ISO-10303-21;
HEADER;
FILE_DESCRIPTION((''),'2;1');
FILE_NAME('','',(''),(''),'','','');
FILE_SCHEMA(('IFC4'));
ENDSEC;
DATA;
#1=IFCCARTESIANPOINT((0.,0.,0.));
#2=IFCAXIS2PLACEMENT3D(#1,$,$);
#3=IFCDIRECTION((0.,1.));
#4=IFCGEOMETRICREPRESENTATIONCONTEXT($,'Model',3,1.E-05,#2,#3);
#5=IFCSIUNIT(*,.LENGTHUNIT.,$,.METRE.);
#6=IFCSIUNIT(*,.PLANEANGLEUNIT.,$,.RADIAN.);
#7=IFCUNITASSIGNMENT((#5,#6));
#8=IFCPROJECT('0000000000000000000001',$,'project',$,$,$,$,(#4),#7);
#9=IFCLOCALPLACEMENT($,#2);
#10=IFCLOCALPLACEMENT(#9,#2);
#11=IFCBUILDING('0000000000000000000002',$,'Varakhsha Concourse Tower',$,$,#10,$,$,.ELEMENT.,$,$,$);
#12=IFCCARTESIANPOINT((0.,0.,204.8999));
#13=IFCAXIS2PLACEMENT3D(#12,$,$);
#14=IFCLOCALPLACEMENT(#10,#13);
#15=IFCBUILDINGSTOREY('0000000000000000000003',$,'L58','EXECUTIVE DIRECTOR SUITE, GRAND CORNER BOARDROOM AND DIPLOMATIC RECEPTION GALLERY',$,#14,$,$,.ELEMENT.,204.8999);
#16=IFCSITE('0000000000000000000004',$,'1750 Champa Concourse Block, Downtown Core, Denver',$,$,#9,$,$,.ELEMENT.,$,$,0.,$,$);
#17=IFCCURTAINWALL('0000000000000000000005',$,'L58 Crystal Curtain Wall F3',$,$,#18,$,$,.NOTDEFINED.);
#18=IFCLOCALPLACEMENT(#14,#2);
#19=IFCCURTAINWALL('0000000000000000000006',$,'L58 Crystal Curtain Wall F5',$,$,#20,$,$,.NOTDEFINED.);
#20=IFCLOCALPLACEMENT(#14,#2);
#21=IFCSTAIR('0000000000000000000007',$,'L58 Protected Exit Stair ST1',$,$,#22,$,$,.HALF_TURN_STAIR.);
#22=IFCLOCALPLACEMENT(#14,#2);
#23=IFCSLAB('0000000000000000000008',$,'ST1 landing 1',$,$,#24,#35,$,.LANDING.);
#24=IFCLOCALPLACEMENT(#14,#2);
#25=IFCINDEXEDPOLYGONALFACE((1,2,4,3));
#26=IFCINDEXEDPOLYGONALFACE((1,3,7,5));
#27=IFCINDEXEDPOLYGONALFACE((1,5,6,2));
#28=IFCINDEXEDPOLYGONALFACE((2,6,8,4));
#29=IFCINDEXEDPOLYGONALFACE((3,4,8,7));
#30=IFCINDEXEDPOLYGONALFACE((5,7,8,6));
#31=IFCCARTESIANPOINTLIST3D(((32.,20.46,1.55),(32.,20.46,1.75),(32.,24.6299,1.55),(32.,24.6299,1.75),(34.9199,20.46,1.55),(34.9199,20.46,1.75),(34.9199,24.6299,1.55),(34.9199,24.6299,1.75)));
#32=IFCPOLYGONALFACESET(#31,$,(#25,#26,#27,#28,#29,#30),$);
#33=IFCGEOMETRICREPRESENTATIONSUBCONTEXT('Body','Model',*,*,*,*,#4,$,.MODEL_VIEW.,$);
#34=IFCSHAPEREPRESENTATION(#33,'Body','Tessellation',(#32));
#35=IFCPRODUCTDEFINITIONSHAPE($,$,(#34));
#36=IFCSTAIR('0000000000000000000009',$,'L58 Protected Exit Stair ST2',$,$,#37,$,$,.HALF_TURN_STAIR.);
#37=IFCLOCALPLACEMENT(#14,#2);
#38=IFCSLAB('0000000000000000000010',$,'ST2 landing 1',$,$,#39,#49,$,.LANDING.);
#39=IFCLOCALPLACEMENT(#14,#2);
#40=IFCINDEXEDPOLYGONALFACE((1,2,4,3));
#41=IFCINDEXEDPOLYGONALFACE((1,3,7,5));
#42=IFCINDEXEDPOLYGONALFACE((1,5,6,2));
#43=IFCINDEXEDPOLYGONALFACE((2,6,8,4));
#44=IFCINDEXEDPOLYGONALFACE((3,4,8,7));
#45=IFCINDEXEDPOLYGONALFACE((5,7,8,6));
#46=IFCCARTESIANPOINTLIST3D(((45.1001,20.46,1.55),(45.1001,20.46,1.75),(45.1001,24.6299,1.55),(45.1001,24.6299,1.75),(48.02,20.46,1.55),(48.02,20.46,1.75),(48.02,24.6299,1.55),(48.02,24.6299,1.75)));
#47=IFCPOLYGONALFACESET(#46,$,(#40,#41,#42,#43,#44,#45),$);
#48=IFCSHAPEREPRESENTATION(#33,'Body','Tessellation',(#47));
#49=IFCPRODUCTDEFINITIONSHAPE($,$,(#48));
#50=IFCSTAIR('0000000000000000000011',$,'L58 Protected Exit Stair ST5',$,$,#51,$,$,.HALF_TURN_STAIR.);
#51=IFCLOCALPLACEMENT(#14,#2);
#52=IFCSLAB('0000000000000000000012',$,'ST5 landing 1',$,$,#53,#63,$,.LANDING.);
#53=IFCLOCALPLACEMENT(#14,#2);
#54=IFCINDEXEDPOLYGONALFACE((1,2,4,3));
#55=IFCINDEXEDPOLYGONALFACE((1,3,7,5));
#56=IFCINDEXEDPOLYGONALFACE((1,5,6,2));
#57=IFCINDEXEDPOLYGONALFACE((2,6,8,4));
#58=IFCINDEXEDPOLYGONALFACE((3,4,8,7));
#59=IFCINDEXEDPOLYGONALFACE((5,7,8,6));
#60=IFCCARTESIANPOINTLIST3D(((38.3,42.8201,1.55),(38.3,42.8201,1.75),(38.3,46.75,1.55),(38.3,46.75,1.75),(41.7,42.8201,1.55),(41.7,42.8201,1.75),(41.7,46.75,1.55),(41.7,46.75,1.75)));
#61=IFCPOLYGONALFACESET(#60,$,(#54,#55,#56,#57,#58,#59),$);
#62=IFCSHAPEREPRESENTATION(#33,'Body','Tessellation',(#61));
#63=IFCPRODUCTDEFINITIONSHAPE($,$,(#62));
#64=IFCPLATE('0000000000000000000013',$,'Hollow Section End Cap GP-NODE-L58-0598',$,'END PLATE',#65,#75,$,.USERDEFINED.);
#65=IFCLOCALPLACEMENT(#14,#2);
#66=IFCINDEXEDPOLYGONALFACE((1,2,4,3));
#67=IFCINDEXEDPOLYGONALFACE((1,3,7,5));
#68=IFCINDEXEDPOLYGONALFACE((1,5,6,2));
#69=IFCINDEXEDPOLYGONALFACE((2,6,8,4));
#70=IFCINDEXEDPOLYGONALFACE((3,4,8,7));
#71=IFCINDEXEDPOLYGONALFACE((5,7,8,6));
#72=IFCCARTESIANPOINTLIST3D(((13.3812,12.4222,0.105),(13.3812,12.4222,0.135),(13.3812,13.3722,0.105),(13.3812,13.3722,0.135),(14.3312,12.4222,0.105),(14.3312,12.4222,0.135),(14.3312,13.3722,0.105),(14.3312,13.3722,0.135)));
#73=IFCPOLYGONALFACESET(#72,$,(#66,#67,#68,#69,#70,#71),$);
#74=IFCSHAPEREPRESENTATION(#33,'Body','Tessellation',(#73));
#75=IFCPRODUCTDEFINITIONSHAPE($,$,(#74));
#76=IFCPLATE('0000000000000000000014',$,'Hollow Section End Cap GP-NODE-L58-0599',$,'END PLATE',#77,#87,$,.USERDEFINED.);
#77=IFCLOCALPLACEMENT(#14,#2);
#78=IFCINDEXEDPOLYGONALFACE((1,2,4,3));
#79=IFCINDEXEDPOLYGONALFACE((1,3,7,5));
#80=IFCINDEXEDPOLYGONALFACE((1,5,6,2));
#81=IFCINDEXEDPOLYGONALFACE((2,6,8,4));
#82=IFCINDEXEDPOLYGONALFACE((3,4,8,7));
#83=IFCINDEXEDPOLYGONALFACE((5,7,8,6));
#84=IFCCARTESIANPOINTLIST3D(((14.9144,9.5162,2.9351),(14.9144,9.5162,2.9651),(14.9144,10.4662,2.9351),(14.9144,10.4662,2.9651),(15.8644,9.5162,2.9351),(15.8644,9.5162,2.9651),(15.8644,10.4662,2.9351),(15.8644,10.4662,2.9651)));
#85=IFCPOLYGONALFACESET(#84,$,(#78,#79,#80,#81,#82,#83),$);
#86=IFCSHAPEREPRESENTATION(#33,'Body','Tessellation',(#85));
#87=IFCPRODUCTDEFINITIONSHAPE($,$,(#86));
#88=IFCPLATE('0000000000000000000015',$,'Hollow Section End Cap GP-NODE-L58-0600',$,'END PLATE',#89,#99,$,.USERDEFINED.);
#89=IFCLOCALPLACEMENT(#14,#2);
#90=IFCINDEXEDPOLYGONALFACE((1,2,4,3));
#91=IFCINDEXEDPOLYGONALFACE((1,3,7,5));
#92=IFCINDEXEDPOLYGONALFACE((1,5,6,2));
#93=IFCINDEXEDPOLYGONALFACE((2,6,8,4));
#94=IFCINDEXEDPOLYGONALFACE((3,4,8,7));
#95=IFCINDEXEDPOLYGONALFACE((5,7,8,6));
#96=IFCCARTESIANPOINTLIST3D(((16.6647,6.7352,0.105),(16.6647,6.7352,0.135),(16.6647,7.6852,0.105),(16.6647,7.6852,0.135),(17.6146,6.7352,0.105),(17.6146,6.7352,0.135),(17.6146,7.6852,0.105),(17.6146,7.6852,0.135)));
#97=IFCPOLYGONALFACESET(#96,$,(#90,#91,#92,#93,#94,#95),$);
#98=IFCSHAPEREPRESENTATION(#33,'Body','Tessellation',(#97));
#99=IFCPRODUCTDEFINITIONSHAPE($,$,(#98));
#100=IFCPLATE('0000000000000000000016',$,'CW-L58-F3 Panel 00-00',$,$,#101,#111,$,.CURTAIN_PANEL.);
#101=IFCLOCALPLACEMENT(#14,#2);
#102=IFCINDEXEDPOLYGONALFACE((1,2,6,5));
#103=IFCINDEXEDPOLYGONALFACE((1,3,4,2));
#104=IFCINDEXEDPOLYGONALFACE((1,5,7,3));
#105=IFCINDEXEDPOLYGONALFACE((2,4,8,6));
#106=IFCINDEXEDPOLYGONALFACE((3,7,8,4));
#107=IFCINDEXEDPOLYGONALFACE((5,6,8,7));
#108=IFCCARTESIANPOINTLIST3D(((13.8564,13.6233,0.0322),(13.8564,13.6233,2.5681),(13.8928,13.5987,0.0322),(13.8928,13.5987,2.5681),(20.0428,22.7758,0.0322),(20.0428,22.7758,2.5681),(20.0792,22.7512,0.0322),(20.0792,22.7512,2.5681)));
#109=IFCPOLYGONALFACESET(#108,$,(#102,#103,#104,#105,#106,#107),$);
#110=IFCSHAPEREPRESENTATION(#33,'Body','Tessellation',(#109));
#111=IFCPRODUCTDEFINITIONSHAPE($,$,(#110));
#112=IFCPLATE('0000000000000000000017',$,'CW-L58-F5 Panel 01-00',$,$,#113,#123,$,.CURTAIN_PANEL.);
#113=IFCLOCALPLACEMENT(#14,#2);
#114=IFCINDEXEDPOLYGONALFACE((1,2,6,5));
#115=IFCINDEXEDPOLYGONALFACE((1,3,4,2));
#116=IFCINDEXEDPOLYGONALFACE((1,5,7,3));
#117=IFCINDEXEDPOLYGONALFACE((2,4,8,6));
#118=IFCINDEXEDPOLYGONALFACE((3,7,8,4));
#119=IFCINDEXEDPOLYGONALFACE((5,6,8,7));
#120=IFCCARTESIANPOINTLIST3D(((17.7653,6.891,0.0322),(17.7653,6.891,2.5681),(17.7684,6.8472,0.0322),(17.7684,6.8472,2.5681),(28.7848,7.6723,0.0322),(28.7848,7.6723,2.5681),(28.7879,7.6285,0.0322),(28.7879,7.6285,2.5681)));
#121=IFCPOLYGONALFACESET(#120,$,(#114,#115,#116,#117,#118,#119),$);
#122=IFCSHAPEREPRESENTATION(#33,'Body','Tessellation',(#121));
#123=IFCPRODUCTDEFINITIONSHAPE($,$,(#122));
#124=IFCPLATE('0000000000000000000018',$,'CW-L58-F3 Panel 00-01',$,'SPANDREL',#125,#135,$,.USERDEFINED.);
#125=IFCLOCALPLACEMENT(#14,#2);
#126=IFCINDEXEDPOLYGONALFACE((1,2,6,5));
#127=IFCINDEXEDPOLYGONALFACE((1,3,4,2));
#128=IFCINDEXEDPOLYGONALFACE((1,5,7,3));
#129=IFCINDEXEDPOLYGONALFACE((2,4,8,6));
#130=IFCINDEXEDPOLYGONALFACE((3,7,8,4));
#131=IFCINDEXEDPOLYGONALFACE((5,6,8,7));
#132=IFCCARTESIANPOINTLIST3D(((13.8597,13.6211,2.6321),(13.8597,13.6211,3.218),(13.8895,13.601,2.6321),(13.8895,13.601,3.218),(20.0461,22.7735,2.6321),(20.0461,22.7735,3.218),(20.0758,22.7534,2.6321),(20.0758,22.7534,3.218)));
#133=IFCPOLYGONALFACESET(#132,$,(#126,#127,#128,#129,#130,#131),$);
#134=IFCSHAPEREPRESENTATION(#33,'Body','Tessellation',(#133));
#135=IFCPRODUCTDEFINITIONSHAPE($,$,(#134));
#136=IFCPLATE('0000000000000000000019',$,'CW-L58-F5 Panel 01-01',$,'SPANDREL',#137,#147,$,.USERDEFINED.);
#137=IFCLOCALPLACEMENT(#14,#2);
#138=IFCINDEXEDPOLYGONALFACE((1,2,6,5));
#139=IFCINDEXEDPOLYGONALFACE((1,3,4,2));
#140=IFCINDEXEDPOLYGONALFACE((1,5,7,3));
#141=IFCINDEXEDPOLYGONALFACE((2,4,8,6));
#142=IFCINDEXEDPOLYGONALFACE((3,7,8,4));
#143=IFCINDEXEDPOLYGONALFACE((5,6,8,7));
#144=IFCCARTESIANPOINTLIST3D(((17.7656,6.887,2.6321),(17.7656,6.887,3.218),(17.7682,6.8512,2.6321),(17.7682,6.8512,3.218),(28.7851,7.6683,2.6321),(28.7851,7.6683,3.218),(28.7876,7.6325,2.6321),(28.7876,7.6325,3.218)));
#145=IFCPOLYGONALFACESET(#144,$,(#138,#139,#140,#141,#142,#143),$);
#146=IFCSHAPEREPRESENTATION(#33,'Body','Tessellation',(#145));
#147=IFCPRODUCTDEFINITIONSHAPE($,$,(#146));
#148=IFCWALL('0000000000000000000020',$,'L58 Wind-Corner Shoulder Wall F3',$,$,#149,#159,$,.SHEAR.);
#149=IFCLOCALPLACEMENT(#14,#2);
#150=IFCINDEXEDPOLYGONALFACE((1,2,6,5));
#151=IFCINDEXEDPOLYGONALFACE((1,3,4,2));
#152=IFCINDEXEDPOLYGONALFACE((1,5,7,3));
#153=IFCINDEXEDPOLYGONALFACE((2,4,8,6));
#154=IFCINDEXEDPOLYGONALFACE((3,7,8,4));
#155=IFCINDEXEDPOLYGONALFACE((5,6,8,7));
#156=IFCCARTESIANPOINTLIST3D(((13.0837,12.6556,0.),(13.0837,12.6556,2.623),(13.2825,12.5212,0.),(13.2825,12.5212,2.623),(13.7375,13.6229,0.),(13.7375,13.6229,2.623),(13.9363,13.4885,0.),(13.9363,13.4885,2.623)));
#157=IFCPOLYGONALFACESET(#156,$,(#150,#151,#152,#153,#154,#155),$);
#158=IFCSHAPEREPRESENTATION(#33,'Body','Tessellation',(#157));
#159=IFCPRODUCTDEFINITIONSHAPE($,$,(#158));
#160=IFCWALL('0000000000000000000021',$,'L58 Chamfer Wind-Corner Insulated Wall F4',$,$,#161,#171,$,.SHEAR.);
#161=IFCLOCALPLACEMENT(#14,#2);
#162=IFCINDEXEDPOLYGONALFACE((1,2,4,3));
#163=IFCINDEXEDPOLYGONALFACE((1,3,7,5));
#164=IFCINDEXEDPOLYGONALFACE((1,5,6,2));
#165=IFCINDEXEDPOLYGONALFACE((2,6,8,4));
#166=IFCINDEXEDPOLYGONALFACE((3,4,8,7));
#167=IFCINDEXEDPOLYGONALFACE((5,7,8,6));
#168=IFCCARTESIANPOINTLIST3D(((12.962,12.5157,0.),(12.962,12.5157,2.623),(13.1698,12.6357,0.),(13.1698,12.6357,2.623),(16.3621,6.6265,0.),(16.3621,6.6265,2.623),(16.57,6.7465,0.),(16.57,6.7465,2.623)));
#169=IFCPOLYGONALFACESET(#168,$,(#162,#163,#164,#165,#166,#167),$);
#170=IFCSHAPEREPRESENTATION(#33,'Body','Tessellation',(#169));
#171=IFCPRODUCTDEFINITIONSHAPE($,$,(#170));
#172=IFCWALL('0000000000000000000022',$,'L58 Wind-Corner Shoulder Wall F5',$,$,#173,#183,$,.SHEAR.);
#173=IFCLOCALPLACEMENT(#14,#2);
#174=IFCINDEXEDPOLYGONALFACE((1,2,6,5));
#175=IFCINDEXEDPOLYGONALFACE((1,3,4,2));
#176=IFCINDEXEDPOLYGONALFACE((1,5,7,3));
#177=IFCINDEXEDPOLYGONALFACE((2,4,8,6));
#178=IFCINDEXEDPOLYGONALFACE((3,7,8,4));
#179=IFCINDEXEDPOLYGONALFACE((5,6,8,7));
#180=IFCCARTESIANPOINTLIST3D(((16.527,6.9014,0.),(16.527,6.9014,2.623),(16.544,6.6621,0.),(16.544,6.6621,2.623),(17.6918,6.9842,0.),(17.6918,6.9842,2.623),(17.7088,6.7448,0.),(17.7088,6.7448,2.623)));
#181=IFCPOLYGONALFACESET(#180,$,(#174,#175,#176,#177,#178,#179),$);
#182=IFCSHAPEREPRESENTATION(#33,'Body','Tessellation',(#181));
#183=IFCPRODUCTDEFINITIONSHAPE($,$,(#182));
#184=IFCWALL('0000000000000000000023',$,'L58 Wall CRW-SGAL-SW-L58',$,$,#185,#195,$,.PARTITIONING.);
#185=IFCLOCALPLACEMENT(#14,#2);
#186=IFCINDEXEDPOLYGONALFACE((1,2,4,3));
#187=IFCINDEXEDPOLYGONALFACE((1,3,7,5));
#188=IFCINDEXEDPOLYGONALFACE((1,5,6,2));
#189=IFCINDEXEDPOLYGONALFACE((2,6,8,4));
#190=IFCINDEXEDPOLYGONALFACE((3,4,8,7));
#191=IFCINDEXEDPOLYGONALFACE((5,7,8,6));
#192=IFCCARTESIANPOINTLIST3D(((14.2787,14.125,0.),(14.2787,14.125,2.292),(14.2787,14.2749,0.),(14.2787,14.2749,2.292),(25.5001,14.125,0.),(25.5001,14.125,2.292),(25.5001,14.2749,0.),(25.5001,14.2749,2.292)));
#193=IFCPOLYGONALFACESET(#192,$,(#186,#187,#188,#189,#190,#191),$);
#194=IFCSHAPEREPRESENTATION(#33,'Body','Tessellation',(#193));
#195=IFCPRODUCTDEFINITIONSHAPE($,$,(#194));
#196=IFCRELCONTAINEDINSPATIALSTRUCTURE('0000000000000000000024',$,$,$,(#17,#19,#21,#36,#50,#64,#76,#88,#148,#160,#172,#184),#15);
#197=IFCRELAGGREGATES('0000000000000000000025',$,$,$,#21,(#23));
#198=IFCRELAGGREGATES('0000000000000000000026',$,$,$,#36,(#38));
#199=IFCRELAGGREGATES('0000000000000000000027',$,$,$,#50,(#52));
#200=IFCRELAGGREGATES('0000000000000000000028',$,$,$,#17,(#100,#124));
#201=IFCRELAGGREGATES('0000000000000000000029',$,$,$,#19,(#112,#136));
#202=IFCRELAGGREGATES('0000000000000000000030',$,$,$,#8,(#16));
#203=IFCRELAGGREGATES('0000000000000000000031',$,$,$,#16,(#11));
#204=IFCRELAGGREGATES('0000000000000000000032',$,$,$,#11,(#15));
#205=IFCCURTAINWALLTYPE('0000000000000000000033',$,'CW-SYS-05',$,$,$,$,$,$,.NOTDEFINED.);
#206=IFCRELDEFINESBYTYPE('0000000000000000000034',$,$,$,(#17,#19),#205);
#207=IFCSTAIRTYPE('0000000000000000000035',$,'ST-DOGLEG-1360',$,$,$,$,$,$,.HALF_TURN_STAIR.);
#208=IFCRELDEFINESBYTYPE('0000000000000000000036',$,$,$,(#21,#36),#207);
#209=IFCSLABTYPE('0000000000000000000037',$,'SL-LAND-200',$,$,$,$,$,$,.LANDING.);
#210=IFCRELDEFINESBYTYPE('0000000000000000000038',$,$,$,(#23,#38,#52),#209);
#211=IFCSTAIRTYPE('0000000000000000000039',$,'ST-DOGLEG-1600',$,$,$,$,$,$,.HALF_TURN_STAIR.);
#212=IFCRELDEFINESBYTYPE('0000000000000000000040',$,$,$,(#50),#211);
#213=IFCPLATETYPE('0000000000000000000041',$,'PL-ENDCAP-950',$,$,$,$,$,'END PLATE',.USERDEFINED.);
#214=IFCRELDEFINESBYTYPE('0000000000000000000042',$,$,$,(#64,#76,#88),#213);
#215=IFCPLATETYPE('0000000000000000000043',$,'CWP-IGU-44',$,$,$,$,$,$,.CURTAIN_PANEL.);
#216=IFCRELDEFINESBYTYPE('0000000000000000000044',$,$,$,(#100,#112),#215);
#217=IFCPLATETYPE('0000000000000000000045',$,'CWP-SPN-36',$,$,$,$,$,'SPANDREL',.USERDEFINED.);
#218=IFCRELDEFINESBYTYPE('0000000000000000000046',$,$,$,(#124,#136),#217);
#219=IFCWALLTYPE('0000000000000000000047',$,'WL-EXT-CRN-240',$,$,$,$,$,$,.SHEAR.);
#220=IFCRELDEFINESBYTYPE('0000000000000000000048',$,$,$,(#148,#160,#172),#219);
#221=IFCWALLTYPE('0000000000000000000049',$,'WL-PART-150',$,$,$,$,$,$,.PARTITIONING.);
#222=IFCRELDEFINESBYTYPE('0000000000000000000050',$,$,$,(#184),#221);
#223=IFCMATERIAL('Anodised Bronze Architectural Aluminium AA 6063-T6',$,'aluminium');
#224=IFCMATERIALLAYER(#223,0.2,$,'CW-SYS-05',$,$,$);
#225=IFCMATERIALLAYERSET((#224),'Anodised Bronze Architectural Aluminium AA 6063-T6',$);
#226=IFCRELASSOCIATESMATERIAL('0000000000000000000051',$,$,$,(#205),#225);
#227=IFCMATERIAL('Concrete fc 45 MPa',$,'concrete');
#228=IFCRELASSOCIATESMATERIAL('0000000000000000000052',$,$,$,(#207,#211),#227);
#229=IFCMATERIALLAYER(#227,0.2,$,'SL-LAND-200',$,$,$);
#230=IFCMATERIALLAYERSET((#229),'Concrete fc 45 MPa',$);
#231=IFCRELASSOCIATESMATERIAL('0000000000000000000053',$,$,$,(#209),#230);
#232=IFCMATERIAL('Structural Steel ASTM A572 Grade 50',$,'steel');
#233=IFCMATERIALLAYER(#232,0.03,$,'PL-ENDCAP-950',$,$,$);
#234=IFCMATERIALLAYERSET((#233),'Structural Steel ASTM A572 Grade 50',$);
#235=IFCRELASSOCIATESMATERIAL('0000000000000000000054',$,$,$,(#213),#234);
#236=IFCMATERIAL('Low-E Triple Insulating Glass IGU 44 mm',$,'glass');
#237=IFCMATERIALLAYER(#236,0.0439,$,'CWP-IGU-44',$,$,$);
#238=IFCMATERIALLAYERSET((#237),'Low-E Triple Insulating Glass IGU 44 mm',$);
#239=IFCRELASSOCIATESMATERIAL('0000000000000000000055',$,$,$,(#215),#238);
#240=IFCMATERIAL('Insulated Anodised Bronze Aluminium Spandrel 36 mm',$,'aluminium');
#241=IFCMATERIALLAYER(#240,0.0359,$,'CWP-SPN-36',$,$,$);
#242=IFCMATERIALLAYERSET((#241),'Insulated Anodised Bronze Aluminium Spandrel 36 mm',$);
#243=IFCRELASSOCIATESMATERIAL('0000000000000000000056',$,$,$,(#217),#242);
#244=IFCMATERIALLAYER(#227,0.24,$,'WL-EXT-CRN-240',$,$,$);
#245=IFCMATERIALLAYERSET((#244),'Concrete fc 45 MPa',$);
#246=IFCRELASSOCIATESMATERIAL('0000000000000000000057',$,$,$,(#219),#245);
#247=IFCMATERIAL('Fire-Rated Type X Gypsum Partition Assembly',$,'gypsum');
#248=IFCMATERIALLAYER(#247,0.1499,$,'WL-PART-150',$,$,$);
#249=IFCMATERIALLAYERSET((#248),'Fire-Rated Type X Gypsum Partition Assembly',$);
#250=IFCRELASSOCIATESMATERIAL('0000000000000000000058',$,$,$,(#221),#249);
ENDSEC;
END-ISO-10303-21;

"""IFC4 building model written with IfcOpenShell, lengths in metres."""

from ifc_helpers import new_model, si_unit, direction, frame, frame_2d, origin, origin_2d, place, context, subcontext, project, spatial, polyline, rectangle, outline, extrude, source, transform, mapped, material, layer, layer_set, type_object, type_shapes, element, aggregate, save


model = new_model("IFC4")

# Units and contexts
model_context = context("Model", 3, precision=1e-05, world=origin(), true_north=direction((0.0, 1.0)))
body_context = subcontext(model_context, "Body", "Model", "MODEL_VIEW")
ifc_project = project(units=[si_unit("LENGTHUNIT", "METRE"), si_unit("PLANEANGLEUNIT", "RADIAN")], contexts=[model_context])

# Site, building, storey
site_placement = place(None, origin())
site = spatial("IfcSite", under=ifc_project, at=site_placement, Name="1750 Champa Concourse Block, Downtown Core, Denver", CompositionType="ELEMENT", RefElevation=0.0)
building_placement = place(site_placement, origin())
building = spatial("IfcBuilding", under=site, at=building_placement, Name="Varakhsha Concourse Tower", CompositionType="ELEMENT")
storey_placement = place(building_placement, frame((0.0, 0.0, 204.8999)))
storey = spatial("IfcBuildingStorey", under=building, at=storey_placement, Name="L58", Description="EXECUTIVE DIRECTOR SUITE, GRAND CORNER BOARDROOM AND DIPLOMATIC RECEPTION GALLERY", CompositionType="ELEMENT", Elevation=204.8999)

# Shared definitions
ifc_material_1 = material(Name="Structural Steel ASTM A572 Grade 50", Category="steel")

# Curtain walls
ifc_material_2 = material(Name="Anodised Bronze Architectural Aluminium AA 6063-T6", Category="aluminium")
ifc_layer_1 = layer(ifc_material_2, 0.2, Name="CW-SYS-05")
ifc_layer_set_1 = layer_set([ifc_layer_1], Name="Anodised Bronze Architectural Aluminium AA 6063-T6")
curtain_wall_type = type_object("IfcCurtainWallType", Name="CW-SYS-05", PredefinedType="NOTDEFINED", material=ifc_layer_set_1)
curtain_wall_1_placement = place(storey_placement, origin())
curtain_wall_1 = element("IfcCurtainWall", 1, at=curtain_wall_1_placement, inside=storey, type_object=curtain_wall_type, Name="L58 Crystal Curtain Wall F3", PredefinedType="NOTDEFINED")
curtain_wall_2_placement = place(storey_placement, origin())
curtain_wall_2 = element("IfcCurtainWall", 2, at=curtain_wall_2_placement, inside=storey, type_object=curtain_wall_type, Name="L58 Crystal Curtain Wall F5", PredefinedType="NOTDEFINED")

# Shared definitions
ifc_material_3 = material(Name="Concrete fc 45 MPa", Category="concrete")

# Stairs, slabs
stair_type_1 = type_object("IfcStairType", Name="ST-DOGLEG-1360", PredefinedType="HALF_TURN_STAIR", material=ifc_material_3)
stair_1_placement = place(storey_placement, origin())
stair_1 = element("IfcStair", 3, at=stair_1_placement, inside=storey, type_object=stair_type_1, Name="L58 Protected Exit Stair ST1", PredefinedType="HALF_TURN_STAIR")
ifc_layer_2 = layer(ifc_material_3, 0.2, Name="SL-LAND-200")
ifc_layer_set_2 = layer_set([ifc_layer_2], Name="Concrete fc 45 MPa")
slab_type_1 = type_object("IfcSlabType", Name="SL-LAND-200", PredefinedType="LANDING", material=ifc_layer_set_2)
slab_1_placement = place(storey_placement, frame((0.0, 0.0, 1.55)))
slab_1 = element("IfcSlab", 4, at=slab_1_placement, type_object=slab_type_1, Name="ST1 landing 1", PredefinedType="LANDING", context=body_context, shape_type="SweptSolid", body=[
    extrude(outline(polyline([(34.9199, 20.46), (34.9199, 24.6299), (32.0, 24.6299), (32.0, 20.46), (34.9199, 20.46)])), origin(), (0.0, 0.0, 1.0), 0.2),
])
aggregate(stair_1, [slab_1])
stair_2_placement = place(storey_placement, origin())
stair_2 = element("IfcStair", 5, at=stair_2_placement, inside=storey, type_object=stair_type_1, Name="L58 Protected Exit Stair ST2", PredefinedType="HALF_TURN_STAIR")
slab_2_placement = place(storey_placement, frame((0.0, 0.0, 1.55)))
slab_2 = element("IfcSlab", 6, at=slab_2_placement, type_object=slab_type_1, Name="ST2 landing 1", PredefinedType="LANDING", context=body_context, shape_type="SweptSolid", body=[
    extrude(outline(polyline([(48.02, 20.46), (48.02, 24.6299), (45.1001, 24.6299), (45.1001, 20.46), (48.02, 20.46)])), origin(), (0.0, 0.0, 1.0), 0.2),
])
aggregate(stair_2, [slab_2])
stair_type_2 = type_object("IfcStairType", Name="ST-DOGLEG-1600", PredefinedType="HALF_TURN_STAIR", material=ifc_material_3)
stair_3_placement = place(storey_placement, origin())
stair_3 = element("IfcStair", 7, at=stair_3_placement, inside=storey, type_object=stair_type_2, Name="L58 Protected Exit Stair ST5", PredefinedType="HALF_TURN_STAIR")
slab_3_placement = place(storey_placement, frame((0.0, 0.0, 1.55)))
slab_3 = element("IfcSlab", 8, at=slab_3_placement, type_object=slab_type_1, Name="ST5 landing 1", PredefinedType="LANDING", context=body_context, shape_type="SweptSolid", body=[
    extrude(outline(polyline([(41.7, 42.8201), (41.7, 46.75), (38.3, 46.75), (38.3, 42.8201), (41.7, 42.8201)])), origin(), (0.0, 0.0, 1.0), 0.2),
])
aggregate(stair_3, [slab_3])

# Plates
ifc_layer_3 = layer(ifc_material_1, 0.03, Name="PL-ENDCAP-950")
ifc_layer_set_3 = layer_set([ifc_layer_3], Name="Structural Steel ASTM A572 Grade 50")
plate_type_1 = type_object("IfcPlateType", Name="PL-ENDCAP-950", ElementType="END PLATE", PredefinedType="USERDEFINED", material=ifc_layer_set_3)
shared_shape_1 = source(origin(), body_context, "Body", "SweptSolid", [
    extrude(rectangle(XDim=0.95, YDim=0.95, at=origin_2d()), origin(), (0.0, 0.0, 1.0), 0.03),
])
type_shapes(plate_type_1, [shared_shape_1])
for number, where, z_axis, x_axis, name in (
    (9, (13.8562, 12.8972, 0.105), (0.0, 0.0, 1.0), (1.0, 0.0, 0.0), "Hollow Section End Cap GP-NODE-L58-0598"),
    (10, (15.3894, 9.9912, 2.9351), (0.0, 0.0, 1.0), (1.0, 0.0, 0.0), "Hollow Section End Cap GP-NODE-L58-0599"),
    (11, (17.1396, 7.2102, 0.105), (0.0, 0.0, 1.0), (1.0, 0.0, 0.0), "Hollow Section End Cap GP-NODE-L58-0600"),
):
    element("IfcPlate", number, at=place(storey_placement, frame(where, z_axis=z_axis, x_axis=x_axis)), inside=storey, type_object=plate_type_1, Name=name, ObjectType="END PLATE", PredefinedType="USERDEFINED", context=body_context, shape_type="MappedRepresentation", body=[
        mapped(shared_shape_1, transform((0.0, 0.0, 0.0), scale=1.0)),
    ])

# Plates
ifc_material_4 = material(Name="Low-E Triple Insulating Glass IGU 44 mm", Category="glass")
ifc_layer_4 = layer(ifc_material_4, 0.0439, Name="CWP-IGU-44")
ifc_layer_set_4 = layer_set([ifc_layer_4], Name="Low-E Triple Insulating Glass IGU 44 mm")
plate_type_2 = type_object("IfcPlateType", Name="CWP-IGU-44", PredefinedType="CURTAIN_PANEL", material=ifc_layer_set_4)
shared_shape_2 = source(origin(), body_context, "Body", "SweptSolid", [
    extrude(rectangle(XDim=11.0471, YDim=0.0439, at=origin_2d()), origin(), (0.0, 0.0, 1.0), 2.5359),
])
type_shapes(plate_type_2, [shared_shape_2])
plate_1_placement = place(storey_placement, frame((16.9678, 18.1873, 0.0322), z_axis=(0.0, 0.0, 1.0), x_axis=(0.559999, 0.828494, 0.0)))
plate_1 = element("IfcPlate", 12, at=plate_1_placement, type_object=plate_type_2, Name="CW-L58-F3 Panel 00-00", PredefinedType="CURTAIN_PANEL", context=body_context, shape_type="MappedRepresentation", body=[
    mapped(shared_shape_2, transform((0.0, 0.0, 0.0), scale=1.0)),
])
plate_2_placement = place(storey_placement, frame((23.2766, 7.2598, 0.0322), z_axis=(0.0, 0.0, 1.0), x_axis=(-0.997496, -0.070723, 0.0)))
plate_2 = element("IfcPlate", 13, at=plate_2_placement, type_object=plate_type_2, Name="CW-L58-F5 Panel 01-00", PredefinedType="CURTAIN_PANEL", context=body_context, shape_type="MappedRepresentation", body=[
    mapped(shared_shape_2, transform((0.0, 0.0, 0.0), scale=1.0)),
])
ifc_material_5 = material(Name="Insulated Anodised Bronze Aluminium Spandrel 36 mm", Category="aluminium")
ifc_layer_5 = layer(ifc_material_5, 0.0359, Name="CWP-SPN-36")
ifc_layer_set_5 = layer_set([ifc_layer_5], Name="Insulated Anodised Bronze Aluminium Spandrel 36 mm")
plate_type_3 = type_object("IfcPlateType", Name="CWP-SPN-36", ElementType="SPANDREL", PredefinedType="USERDEFINED", material=ifc_layer_set_5)
shared_shape_3 = source(origin(), body_context, "Body", "SweptSolid", [
    extrude(rectangle(XDim=11.0471, YDim=0.0359, at=origin_2d()), origin(), (0.0, 0.0, 1.0), 0.5859),
])
type_shapes(plate_type_3, [shared_shape_3])
plate_3_placement = place(storey_placement, frame((16.9678, 18.1873, 2.6321), z_axis=(0.0, 0.0, 1.0), x_axis=(0.559999, 0.828494, 0.0)))
plate_3 = element("IfcPlate", 14, at=plate_3_placement, type_object=plate_type_3, Name="CW-L58-F3 Panel 00-01", ObjectType="SPANDREL", PredefinedType="USERDEFINED", context=body_context, shape_type="MappedRepresentation", body=[
    mapped(shared_shape_3, transform((0.0, 0.0, 0.0), scale=1.0)),
])
aggregate(curtain_wall_1, [plate_1, plate_3])
plate_4_placement = place(storey_placement, frame((23.2766, 7.2598, 2.6321), z_axis=(0.0, 0.0, 1.0), x_axis=(-0.997496, -0.070723, 0.0)))
plate_4 = element("IfcPlate", 15, at=plate_4_placement, type_object=plate_type_3, Name="CW-L58-F5 Panel 01-01", ObjectType="SPANDREL", PredefinedType="USERDEFINED", context=body_context, shape_type="MappedRepresentation", body=[
    mapped(shared_shape_3, transform((0.0, 0.0, 0.0), scale=1.0)),
])
aggregate(curtain_wall_2, [plate_2, plate_4])

# Walls
ifc_layer_6 = layer(ifc_material_3, 0.24, Name="WL-EXT-CRN-240")
ifc_layer_set_6 = layer_set([ifc_layer_6], Name="Concrete fc 45 MPa")
wall_type_1 = type_object("IfcWallType", Name="WL-EXT-CRN-240", PredefinedType="SHEAR", material=ifc_layer_set_6)
wall_1_placement = place(storey_placement, frame((13.8369, 13.5557, 0.0), z_axis=(0.0, 0.0, 1.0), x_axis=(-0.559997, -0.828495, 0.0)))
element("IfcWall", 16, at=wall_1_placement, inside=storey, type_object=wall_type_1, Name="L58 Wind-Corner Shoulder Wall F3", PredefinedType="SHEAR", context=body_context, shape_type="SweptSolid", body=[
    extrude(rectangle(XDim=1.1675, YDim=0.24, at=frame_2d((0.5837, 0.0))), origin(), (0.0, 0.0, 1.0), 2.623),
])
wall_2_placement = place(storey_placement, frame((16.4661, 6.6865, 0.0), z_axis=(0.0, 0.0, 1.0), x_axis=(-0.500004, 0.866023, 0.0)))
element("IfcWall", 17, at=wall_2_placement, inside=storey, type_object=wall_type_1, Name="L58 Chamfer Wind-Corner Insulated Wall F4", PredefinedType="SHEAR", context=body_context, shape_type="SweptSolid", body=[
    extrude(rectangle(XDim=6.8003, YDim=0.24, at=frame_2d((3.4001, 0.0))), origin(), (0.0, 0.0, 1.0), 2.623),
])
wall_3_placement = place(storey_placement, frame((16.5354, 6.7817, 0.0), z_axis=(0.0, 0.0, 1.0), x_axis=(0.997485, 0.070876, 0.0)))
element("IfcWall", 18, at=wall_3_placement, inside=storey, type_object=wall_type_1, Name="L58 Wind-Corner Shoulder Wall F5", PredefinedType="SHEAR", context=body_context, shape_type="SweptSolid", body=[
    extrude(rectangle(XDim=1.1677, YDim=0.24, at=frame_2d((0.584, 0.0))), origin(), (0.0, 0.0, 1.0), 2.623),
])
ifc_material_6 = material(Name="Fire-Rated Type X Gypsum Partition Assembly", Category="gypsum")
ifc_layer_7 = layer(ifc_material_6, 0.1499, Name="WL-PART-150")
ifc_layer_set_7 = layer_set([ifc_layer_7], Name="Fire-Rated Type X Gypsum Partition Assembly")
wall_type_2 = type_object("IfcWallType", Name="WL-PART-150", PredefinedType="PARTITIONING", material=ifc_layer_set_7)
wall_4_placement = place(storey_placement, frame((14.2786, 14.2, 0.0), z_axis=(0.0, 0.0, 1.0), x_axis=(1.0, 0.0, 0.0)))
element("IfcWall", 19, at=wall_4_placement, inside=storey, type_object=wall_type_2, Name="L58 Wall CRW-SGAL-SW-L58", PredefinedType="PARTITIONING", context=body_context, shape_type="SweptSolid", body=[
    extrude(rectangle(XDim=11.2214, YDim=0.1499, at=frame_2d((5.6108, 0.0))), origin(), (0.0, 0.0, 1.0), 2.292),
])

save(model, "model.ifc")
